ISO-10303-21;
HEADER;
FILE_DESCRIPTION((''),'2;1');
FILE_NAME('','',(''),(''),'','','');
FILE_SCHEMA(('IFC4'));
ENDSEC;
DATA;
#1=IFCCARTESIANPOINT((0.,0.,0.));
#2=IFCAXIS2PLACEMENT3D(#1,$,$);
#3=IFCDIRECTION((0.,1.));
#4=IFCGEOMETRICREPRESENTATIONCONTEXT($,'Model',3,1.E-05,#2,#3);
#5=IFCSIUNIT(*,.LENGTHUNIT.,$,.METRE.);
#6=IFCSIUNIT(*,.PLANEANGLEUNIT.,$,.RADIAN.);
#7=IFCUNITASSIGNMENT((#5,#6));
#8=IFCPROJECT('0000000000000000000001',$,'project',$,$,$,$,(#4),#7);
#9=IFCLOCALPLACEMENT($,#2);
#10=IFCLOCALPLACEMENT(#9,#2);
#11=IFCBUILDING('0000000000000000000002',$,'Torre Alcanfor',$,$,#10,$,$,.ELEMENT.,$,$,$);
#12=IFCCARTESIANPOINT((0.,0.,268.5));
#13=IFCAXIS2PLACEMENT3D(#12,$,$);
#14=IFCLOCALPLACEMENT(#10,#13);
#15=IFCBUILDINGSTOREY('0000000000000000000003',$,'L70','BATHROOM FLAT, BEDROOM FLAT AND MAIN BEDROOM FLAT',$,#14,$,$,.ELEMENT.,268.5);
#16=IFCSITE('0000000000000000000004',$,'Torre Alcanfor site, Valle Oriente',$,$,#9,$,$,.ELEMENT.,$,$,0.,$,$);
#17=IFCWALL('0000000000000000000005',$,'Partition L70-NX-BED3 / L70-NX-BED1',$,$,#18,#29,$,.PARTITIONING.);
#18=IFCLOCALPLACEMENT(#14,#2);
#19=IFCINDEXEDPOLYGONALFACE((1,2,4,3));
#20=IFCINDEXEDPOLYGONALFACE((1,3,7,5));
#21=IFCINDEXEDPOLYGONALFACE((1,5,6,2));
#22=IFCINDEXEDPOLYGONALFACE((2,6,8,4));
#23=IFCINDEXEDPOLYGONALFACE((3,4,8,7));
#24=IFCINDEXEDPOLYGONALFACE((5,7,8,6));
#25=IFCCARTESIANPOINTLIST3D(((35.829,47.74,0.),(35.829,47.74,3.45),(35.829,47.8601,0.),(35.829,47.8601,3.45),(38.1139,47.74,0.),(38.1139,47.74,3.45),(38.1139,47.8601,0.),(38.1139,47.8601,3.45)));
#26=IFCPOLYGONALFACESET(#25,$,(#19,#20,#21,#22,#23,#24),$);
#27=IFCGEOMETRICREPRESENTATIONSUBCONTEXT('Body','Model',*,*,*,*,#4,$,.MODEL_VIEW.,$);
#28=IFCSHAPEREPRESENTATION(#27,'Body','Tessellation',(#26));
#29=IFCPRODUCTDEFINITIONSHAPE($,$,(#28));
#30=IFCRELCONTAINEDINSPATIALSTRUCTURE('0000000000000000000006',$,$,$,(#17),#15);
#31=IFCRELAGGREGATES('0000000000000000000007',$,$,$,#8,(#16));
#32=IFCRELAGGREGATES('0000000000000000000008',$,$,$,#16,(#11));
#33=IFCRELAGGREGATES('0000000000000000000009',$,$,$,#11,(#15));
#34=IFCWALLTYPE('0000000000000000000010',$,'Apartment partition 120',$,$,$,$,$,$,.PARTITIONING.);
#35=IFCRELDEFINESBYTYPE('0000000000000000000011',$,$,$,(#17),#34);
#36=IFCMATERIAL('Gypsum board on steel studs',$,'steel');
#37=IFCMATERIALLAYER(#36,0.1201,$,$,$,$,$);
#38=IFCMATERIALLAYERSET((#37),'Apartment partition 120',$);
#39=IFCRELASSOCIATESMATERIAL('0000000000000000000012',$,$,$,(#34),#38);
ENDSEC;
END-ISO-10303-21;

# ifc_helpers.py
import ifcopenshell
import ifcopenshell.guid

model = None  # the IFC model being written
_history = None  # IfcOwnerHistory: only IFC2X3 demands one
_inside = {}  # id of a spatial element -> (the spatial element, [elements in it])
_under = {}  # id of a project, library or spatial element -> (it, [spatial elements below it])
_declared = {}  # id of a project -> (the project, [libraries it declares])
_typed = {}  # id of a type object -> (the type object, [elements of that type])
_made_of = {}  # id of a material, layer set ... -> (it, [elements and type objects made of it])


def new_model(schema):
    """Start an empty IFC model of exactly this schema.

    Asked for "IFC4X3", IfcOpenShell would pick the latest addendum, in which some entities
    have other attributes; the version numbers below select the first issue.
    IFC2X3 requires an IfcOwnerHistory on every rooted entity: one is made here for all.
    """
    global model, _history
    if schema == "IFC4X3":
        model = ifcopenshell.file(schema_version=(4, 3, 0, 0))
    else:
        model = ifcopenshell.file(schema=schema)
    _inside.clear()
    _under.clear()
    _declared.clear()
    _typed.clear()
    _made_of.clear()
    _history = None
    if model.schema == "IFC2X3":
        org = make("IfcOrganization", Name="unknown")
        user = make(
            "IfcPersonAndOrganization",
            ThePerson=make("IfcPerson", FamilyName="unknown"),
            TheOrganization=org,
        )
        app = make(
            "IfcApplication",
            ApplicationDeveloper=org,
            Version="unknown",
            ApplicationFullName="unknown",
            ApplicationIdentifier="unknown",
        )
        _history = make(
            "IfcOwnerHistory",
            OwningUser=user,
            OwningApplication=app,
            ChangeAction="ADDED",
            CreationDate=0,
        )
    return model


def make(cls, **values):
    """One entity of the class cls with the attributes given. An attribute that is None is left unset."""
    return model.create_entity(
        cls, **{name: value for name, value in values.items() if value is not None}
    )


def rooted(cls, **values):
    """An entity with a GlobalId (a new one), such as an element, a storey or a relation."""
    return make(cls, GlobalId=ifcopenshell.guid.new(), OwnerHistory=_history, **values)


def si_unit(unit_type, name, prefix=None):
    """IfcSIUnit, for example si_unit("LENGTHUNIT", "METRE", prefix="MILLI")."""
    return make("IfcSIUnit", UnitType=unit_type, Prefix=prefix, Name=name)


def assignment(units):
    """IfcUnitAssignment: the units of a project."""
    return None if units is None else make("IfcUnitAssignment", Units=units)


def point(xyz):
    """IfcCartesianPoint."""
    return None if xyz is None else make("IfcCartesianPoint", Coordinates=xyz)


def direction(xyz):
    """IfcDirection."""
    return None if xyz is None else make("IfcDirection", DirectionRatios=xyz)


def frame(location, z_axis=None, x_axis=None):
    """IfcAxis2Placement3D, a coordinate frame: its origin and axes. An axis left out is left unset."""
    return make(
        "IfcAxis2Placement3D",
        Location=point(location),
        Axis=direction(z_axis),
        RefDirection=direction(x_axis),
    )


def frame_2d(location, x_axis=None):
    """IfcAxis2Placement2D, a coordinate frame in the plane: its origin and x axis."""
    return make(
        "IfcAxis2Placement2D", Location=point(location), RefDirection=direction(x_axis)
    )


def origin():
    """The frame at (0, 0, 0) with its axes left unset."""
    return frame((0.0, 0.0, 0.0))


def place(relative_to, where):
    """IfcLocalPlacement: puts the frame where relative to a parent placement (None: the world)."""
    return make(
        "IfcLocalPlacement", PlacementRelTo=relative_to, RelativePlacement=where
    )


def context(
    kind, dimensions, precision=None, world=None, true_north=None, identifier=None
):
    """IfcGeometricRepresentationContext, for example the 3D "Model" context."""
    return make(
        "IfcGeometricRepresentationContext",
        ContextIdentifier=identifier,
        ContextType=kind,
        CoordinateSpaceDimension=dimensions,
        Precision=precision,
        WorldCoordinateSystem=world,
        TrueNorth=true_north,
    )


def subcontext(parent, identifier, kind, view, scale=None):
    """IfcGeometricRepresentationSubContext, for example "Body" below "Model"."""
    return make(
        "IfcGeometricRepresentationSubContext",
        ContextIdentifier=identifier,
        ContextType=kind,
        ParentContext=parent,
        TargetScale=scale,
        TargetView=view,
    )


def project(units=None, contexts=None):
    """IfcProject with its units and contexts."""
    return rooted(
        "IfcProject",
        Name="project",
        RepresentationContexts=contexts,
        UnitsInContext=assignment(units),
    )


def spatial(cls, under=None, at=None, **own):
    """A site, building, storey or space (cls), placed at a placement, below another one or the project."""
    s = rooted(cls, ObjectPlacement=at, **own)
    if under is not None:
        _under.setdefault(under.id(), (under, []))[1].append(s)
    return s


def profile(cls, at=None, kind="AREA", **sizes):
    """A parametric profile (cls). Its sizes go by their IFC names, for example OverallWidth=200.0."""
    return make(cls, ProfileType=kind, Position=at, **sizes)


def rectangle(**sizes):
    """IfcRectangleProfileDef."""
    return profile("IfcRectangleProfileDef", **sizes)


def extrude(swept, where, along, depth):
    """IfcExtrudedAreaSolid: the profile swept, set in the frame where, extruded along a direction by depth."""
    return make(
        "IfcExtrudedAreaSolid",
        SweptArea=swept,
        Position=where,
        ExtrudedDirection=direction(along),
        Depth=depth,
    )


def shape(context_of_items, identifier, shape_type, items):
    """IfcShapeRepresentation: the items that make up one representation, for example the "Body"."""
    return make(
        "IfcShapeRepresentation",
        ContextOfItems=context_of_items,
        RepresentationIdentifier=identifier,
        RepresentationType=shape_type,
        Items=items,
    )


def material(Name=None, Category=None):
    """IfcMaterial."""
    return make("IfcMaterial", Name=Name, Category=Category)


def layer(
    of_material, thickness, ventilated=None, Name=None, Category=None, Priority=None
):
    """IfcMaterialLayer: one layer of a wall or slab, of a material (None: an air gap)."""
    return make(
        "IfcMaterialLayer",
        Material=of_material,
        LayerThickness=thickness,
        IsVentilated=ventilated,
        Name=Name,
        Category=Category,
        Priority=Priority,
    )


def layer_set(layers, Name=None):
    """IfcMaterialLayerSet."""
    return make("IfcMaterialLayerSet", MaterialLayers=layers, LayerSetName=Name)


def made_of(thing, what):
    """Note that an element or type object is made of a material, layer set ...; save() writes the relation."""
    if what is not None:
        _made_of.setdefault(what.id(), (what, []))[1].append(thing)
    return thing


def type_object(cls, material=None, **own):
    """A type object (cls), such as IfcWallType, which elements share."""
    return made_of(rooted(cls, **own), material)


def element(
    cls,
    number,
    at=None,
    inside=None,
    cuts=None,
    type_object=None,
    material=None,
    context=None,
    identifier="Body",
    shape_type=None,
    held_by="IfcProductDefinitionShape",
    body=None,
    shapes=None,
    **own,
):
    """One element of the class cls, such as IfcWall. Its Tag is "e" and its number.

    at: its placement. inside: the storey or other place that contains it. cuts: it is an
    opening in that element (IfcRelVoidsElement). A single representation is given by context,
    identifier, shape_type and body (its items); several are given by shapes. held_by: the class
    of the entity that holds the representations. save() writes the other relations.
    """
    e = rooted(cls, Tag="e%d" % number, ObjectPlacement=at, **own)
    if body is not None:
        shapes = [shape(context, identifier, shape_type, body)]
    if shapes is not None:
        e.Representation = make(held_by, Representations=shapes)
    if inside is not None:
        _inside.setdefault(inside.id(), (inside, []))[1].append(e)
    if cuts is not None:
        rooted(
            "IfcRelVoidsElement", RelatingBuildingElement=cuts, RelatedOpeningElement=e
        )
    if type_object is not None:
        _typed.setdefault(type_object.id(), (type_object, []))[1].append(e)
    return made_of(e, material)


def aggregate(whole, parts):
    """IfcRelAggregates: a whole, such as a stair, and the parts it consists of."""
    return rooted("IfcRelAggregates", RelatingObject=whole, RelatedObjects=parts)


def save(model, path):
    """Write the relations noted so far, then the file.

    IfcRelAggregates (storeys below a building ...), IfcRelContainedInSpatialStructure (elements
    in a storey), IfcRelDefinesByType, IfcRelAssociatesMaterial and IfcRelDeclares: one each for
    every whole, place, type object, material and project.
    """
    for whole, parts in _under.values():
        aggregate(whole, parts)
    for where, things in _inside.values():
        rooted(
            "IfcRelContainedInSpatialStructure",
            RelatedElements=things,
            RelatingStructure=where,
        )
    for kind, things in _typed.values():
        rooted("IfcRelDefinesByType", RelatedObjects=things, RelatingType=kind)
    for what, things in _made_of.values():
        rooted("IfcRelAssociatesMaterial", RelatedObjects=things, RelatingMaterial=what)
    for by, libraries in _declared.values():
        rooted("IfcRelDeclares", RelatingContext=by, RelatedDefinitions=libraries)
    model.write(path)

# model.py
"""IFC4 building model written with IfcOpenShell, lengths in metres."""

from ifc_helpers import new_model, si_unit, direction, frame, frame_2d, origin, place, context, subcontext, project, spatial, rectangle, extrude, material, layer, layer_set, type_object, element, save


model = new_model("IFC4")

# Units and contexts
model_context = context("Model", 3, precision=1e-05, world=origin(), true_north=direction((0.0, 1.0)))
body_context = subcontext(model_context, "Body", "Model", "MODEL_VIEW")
ifc_project = project(units=[si_unit("LENGTHUNIT", "METRE"), si_unit("PLANEANGLEUNIT", "RADIAN")], contexts=[model_context])

# Site, building, storey
site_placement = place(None, origin())
site = spatial("IfcSite", under=ifc_project, at=site_placement, Name="Torre Alcanfor site, Valle Oriente", CompositionType="ELEMENT", RefElevation=0.0)
building_placement = place(site_placement, origin())
building = spatial("IfcBuilding", under=site, at=building_placement, Name="Torre Alcanfor", CompositionType="ELEMENT")
storey_placement = place(building_placement, frame((0.0, 0.0, 268.5)))
storey = spatial("IfcBuildingStorey", under=building, at=storey_placement, Name="L70", Description="BATHROOM FLAT, BEDROOM FLAT AND MAIN BEDROOM FLAT", CompositionType="ELEMENT", Elevation=268.5)

# Shared definitions
ifc_material_1 = material(Name="Gypsum board on steel studs", Category="steel")
ifc_layer_1 = layer(ifc_material_1, 0.1201)
ifc_layer_set_1 = layer_set([ifc_layer_1], Name="Apartment partition 120")
wall_type_1 = type_object("IfcWallType", Name="Apartment partition 120", PredefinedType="PARTITIONING", material=ifc_layer_set_1)

# Wall
wall_1_placement = place(storey_placement, frame((38.114, 47.8, 0.0), z_axis=(0.0, 0.0, 1.0), x_axis=(-1.0, 0.0, 0.0)))
element("IfcWall", 1, at=wall_1_placement, inside=storey, type_object=wall_type_1, Name="Partition L70-NX-BED3 / L70-NX-BED1", PredefinedType="PARTITIONING", context=body_context, shape_type="SweptSolid", body=[
    extrude(rectangle(XDim=2.2849, YDim=0.1201, at=frame_2d((1.1426, 0.0))), origin(), (0.0, 0.0, 1.0), 3.45),
])

save(model, "model.ifc")
